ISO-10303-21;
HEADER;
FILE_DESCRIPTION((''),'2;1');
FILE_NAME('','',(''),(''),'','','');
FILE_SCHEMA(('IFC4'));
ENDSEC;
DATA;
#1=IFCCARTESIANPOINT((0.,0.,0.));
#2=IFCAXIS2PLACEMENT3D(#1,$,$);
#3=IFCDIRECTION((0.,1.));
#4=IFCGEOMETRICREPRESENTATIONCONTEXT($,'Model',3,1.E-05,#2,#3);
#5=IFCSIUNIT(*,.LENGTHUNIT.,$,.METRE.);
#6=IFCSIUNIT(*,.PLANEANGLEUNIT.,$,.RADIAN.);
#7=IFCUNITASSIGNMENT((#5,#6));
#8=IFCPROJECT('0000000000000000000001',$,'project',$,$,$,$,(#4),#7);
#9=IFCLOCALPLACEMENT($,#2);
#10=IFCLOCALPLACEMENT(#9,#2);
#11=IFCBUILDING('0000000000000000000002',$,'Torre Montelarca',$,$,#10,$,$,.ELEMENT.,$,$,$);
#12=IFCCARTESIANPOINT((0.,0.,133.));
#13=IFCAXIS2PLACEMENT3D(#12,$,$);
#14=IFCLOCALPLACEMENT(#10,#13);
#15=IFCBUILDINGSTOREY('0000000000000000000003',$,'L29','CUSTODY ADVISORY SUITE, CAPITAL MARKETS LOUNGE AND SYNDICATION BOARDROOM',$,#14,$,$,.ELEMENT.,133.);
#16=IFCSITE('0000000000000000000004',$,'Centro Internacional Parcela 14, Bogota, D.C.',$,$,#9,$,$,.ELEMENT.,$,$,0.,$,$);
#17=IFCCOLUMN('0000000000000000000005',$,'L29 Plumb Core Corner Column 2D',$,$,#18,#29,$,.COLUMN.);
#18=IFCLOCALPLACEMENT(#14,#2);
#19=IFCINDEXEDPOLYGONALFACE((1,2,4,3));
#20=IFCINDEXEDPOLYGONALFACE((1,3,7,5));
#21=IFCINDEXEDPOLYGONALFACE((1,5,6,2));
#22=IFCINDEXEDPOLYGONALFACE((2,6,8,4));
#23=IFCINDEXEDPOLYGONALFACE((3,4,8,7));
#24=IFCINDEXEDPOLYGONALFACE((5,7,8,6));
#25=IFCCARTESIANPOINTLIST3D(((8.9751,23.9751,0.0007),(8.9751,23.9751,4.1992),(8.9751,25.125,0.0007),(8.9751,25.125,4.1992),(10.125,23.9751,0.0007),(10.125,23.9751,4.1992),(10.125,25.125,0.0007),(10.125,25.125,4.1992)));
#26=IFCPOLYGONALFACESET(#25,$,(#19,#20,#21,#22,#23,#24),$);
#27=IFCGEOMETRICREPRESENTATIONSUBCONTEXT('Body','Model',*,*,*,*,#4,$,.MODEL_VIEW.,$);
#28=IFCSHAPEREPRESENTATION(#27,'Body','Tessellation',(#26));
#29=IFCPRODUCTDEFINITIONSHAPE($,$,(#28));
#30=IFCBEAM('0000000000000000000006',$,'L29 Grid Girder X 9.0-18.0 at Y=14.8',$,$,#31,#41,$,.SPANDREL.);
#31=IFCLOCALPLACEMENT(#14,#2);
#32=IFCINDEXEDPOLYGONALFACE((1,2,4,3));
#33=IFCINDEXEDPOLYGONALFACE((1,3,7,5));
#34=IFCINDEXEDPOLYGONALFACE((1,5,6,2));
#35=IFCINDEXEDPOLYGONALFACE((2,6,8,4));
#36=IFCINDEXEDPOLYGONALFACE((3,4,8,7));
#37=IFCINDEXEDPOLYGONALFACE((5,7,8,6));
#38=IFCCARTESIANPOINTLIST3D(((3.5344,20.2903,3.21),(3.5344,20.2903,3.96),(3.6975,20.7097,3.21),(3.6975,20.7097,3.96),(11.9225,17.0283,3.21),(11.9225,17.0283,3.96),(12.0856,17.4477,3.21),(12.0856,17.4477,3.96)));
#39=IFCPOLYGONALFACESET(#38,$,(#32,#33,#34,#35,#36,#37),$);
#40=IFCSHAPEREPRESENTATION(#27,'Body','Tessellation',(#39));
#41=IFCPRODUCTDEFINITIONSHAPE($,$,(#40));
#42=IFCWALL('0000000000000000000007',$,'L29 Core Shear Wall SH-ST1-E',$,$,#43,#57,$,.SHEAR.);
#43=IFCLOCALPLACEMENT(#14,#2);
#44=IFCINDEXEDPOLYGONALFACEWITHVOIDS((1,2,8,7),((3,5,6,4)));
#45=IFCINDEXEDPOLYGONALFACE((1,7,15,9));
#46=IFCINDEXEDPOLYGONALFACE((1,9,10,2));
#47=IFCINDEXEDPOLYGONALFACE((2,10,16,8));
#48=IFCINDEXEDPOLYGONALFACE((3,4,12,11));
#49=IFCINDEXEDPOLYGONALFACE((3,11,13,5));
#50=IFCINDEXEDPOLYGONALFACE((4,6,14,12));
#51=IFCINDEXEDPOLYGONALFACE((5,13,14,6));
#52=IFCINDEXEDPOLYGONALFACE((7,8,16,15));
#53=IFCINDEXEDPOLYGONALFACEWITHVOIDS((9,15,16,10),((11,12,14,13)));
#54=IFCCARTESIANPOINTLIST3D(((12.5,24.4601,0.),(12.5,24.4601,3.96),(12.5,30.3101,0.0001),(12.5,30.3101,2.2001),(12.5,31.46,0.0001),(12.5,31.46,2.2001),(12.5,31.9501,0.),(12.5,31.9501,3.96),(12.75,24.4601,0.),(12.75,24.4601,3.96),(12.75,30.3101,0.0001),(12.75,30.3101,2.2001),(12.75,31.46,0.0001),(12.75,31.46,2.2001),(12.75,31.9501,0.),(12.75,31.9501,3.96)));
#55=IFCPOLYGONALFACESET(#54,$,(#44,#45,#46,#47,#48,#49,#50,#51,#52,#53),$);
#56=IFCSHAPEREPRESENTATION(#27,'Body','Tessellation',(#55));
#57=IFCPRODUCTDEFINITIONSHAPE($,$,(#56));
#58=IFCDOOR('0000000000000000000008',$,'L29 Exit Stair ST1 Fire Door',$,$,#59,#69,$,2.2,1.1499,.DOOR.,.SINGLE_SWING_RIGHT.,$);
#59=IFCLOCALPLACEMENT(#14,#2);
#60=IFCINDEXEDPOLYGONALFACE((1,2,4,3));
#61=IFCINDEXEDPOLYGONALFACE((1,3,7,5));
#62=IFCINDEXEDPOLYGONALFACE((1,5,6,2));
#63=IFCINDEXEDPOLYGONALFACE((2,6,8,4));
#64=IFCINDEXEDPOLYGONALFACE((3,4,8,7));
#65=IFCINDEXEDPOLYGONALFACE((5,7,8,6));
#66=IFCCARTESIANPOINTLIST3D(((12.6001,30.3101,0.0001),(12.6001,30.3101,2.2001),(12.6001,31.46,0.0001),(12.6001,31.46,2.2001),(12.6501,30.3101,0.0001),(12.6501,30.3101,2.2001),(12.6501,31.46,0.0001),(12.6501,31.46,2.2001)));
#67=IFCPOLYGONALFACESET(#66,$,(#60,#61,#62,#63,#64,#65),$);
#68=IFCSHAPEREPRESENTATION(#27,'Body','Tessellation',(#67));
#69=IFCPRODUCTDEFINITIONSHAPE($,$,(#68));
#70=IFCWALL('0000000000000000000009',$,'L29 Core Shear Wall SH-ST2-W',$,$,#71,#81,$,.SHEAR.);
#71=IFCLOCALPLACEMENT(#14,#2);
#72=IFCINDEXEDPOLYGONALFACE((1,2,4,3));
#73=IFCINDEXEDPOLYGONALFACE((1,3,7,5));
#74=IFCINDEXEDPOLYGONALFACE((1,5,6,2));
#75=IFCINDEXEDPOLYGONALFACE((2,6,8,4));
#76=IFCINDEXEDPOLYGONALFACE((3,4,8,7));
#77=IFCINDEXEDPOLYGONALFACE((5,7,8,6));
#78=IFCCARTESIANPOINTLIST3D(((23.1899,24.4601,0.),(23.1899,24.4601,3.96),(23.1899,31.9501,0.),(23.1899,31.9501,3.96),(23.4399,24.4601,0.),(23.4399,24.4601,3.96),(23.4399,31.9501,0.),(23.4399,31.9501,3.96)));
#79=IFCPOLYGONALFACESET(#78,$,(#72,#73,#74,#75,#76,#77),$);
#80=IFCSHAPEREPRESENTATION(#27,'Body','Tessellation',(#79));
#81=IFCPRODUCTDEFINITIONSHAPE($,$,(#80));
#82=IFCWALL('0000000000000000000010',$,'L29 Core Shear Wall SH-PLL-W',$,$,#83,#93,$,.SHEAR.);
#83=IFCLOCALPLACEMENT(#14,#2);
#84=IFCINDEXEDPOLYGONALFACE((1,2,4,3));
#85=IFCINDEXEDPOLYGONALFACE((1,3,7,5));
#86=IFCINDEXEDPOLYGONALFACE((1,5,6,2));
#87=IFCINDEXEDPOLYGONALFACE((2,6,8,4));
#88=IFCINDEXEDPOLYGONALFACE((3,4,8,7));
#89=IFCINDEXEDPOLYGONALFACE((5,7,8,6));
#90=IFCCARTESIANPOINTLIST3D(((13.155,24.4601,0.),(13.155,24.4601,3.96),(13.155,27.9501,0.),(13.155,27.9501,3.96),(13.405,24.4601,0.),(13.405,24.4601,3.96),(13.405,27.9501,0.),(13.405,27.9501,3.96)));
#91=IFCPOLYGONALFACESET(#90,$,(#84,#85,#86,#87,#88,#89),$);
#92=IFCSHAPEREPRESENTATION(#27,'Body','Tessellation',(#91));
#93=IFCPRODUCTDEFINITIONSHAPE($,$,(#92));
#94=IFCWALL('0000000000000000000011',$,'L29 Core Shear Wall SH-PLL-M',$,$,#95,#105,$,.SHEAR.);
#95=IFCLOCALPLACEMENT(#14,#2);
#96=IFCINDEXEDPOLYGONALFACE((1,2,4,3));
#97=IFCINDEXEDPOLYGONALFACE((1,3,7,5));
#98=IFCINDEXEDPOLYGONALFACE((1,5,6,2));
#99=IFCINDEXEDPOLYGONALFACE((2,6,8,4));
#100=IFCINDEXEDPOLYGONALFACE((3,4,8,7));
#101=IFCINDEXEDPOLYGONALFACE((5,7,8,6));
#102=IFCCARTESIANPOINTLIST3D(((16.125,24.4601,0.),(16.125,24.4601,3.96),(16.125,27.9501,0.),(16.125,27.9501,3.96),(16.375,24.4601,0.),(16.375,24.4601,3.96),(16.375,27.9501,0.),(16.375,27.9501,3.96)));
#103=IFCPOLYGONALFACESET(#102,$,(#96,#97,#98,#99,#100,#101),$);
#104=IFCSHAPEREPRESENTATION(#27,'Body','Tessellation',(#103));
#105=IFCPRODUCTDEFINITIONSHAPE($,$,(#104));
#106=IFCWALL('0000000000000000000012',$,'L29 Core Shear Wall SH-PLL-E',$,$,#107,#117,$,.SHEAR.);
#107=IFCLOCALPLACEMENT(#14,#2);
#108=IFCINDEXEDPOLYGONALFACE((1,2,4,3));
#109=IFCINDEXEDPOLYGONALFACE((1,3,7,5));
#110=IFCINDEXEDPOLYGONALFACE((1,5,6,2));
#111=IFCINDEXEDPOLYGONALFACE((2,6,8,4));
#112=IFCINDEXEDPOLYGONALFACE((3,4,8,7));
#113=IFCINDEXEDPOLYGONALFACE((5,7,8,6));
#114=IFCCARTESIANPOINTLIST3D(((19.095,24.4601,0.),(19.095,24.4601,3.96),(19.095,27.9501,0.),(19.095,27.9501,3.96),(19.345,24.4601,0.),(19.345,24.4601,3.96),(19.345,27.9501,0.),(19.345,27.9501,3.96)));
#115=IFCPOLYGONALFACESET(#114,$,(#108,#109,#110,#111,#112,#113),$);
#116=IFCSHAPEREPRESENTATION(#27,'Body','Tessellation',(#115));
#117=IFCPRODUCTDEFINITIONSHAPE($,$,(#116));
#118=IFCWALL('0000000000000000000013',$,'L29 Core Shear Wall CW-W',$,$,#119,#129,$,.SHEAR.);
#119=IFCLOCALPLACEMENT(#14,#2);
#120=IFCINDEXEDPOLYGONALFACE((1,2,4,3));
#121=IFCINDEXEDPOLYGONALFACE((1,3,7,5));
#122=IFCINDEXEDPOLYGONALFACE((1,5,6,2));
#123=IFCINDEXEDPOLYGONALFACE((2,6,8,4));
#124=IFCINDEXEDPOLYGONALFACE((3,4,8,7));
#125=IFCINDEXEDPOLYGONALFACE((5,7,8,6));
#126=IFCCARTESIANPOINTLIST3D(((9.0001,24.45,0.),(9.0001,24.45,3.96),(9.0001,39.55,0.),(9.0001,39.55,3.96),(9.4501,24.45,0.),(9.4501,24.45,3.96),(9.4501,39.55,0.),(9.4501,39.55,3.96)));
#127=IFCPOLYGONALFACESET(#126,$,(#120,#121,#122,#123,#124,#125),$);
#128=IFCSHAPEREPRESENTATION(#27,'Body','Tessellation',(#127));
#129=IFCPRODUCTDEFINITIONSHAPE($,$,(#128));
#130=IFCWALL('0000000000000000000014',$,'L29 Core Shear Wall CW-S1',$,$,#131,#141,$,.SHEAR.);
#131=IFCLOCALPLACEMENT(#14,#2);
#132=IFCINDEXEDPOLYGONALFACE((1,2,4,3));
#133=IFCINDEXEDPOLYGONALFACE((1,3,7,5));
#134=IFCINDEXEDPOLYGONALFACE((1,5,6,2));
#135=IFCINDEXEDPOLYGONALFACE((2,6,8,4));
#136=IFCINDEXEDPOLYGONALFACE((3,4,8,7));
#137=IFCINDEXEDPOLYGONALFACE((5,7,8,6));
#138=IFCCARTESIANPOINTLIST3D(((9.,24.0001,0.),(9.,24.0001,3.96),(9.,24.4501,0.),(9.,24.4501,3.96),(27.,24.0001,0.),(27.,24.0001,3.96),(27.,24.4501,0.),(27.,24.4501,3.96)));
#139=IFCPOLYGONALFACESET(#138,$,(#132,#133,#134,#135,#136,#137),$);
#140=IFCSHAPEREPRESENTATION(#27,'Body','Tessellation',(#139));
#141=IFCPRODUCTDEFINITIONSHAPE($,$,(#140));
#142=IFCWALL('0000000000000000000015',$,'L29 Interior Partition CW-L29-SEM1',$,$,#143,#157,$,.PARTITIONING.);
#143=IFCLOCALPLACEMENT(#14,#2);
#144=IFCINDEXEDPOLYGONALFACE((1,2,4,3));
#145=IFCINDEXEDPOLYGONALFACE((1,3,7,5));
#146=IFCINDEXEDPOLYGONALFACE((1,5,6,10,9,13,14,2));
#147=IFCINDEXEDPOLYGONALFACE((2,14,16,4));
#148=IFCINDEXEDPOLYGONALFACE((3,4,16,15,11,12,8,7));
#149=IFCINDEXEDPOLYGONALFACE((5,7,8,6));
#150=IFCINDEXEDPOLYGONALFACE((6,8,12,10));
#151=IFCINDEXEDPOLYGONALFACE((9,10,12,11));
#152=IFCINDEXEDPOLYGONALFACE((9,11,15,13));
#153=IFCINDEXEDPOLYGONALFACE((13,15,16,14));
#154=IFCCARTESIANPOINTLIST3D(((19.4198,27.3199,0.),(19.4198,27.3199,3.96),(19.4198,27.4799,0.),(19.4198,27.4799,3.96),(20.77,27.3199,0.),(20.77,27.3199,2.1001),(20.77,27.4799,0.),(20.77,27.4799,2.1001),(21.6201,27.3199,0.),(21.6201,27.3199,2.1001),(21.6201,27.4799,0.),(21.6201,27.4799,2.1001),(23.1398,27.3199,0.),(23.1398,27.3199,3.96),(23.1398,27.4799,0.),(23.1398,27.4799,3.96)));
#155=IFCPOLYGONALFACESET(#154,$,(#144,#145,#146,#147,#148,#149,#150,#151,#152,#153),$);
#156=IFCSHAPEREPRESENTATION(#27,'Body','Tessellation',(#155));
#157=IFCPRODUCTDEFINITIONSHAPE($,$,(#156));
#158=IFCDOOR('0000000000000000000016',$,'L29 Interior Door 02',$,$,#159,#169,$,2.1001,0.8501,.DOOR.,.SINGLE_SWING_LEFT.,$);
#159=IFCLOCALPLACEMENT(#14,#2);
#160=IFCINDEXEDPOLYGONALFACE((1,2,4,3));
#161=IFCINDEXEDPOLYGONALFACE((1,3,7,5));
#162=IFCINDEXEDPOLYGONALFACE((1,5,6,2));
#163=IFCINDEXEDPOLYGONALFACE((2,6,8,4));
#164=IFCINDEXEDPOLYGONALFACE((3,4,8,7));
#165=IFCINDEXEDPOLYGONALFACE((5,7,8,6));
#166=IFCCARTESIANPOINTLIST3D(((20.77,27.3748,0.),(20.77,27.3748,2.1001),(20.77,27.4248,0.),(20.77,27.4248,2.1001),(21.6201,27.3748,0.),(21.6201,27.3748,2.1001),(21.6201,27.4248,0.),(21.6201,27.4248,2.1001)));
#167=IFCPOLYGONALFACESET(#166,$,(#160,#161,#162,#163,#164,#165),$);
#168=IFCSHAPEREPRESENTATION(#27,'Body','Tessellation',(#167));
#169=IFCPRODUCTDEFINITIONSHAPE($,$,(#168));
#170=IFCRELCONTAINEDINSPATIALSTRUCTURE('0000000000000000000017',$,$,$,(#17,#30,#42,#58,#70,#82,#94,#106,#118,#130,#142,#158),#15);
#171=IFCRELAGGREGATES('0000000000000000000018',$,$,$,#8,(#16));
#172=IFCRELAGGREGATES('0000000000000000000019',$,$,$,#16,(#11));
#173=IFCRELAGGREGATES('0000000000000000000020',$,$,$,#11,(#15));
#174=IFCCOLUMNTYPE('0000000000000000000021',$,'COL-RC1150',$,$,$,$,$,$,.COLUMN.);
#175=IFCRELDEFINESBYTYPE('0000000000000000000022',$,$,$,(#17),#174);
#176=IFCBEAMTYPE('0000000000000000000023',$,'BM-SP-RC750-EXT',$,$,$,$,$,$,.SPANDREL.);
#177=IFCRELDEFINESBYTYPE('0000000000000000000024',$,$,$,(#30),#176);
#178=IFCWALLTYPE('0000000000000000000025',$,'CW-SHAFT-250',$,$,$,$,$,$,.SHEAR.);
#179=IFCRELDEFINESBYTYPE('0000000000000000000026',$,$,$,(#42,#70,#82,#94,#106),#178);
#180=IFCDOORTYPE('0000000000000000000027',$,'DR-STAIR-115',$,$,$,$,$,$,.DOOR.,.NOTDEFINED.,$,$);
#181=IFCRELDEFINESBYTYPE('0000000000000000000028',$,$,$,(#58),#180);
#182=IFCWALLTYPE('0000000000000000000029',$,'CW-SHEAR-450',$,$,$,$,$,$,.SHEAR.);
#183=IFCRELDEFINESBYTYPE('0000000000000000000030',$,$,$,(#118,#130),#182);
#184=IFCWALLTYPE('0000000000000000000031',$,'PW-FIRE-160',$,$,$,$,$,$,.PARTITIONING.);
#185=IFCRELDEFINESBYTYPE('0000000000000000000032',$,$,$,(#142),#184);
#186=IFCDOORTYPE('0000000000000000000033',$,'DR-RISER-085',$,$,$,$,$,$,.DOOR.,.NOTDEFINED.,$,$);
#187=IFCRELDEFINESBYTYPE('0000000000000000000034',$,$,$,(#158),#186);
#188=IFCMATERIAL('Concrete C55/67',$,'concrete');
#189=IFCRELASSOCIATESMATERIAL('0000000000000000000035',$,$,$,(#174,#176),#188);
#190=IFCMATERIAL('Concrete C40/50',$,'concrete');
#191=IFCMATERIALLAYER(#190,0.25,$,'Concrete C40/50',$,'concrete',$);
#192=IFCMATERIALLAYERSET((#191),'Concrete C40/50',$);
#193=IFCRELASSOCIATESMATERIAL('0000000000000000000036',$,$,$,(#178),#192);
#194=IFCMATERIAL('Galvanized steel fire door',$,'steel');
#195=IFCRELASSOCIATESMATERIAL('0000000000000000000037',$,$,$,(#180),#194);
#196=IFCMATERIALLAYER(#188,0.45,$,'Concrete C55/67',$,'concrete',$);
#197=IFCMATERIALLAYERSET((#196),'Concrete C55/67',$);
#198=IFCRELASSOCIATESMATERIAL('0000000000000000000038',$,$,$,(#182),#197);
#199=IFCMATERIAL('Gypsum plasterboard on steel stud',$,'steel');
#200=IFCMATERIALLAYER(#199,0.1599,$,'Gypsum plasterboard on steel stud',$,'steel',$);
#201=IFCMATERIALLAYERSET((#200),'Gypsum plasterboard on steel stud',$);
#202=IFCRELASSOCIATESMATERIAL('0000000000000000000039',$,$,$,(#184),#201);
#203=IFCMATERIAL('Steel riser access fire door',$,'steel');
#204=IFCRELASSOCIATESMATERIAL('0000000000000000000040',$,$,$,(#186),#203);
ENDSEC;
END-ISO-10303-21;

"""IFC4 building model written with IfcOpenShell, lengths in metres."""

from ifc_helpers import new_model, si_unit, direction, frame, frame_2d, origin, origin_2d, place, context, subcontext, project, spatial, rectangle, extrude, source, transform, mapped, material, layer, layer_set, material_profile, profile_set, type_object, element, fill, save


model = new_model("IFC4")

# Units and contexts
model_context = context("Model", 3, precision=1e-05, world=origin(), true_north=direction((0.0, 1.0)))
body_context = subcontext(model_context, "Body", "Model", "MODEL_VIEW")
ifc_project = project(units=[si_unit("LENGTHUNIT", "METRE"), si_unit("PLANEANGLEUNIT", "RADIAN")], contexts=[model_context])

# Site, building, storey
site_placement = place(None, origin())
site = spatial("IfcSite", under=ifc_project, at=site_placement, Name="Centro Internacional Parcela 14, Bogota, D.C.", CompositionType="ELEMENT", RefElevation=0.0)
building_placement = place(site_placement, origin())
building = spatial("IfcBuilding", under=site, at=building_placement, Name="Torre Montelarca", CompositionType="ELEMENT")
storey_placement = place(building_placement, frame((0.0, 0.0, 133.0)))
storey = spatial("IfcBuildingStorey", under=building, at=storey_placement, Name="L29", Description="CUSTODY ADVISORY SUITE, CAPITAL MARKETS LOUNGE AND SYNDICATION BOARDROOM", CompositionType="ELEMENT", Elevation=133.0)

# Column
ifc_material_1 = material(Name="Concrete C55/67", Category="concrete")
ifc_material_profile_1 = material_profile(ifc_material_1, rectangle(XDim=1.1499, YDim=1.1499, at=origin_2d()), Name="RC1150X1150", Category="concrete")
ifc_profile_set_1 = profile_set([ifc_material_profile_1], Name="Concrete C55/67")
column_type_1 = type_object("IfcColumnType", Name="COL-RC1150", PredefinedType="COLUMN", material=ifc_profile_set_1)
shared_shape_1 = source(origin(), body_context, "Body", "SweptSolid", [
    extrude(rectangle(XDim=1.1499, YDim=1.1499, at=origin_2d()), origin(), (0.0, 0.0, 1.0), 4.1985),
])
column_1_placement = place(storey_placement, frame((9.55, 24.55, 0.0007), z_axis=(0.0, 0.0, 1.0), x_axis=(1.0, 0.0, 0.0)))
element("IfcColumn", 1, at=column_1_placement, inside=storey, type_object=column_type_1, Name="L29 Plumb Core Corner Column 2D", PredefinedType="COLUMN", context=body_context, shape_type="MappedRepresentation", body=[
    mapped(shared_shape_1, transform((0.0, 0.0, 0.0), scale=1.0)),
])

# Beam
ifc_material_profile_2 = material_profile(ifc_material_1, rectangle(XDim=0.45, YDim=0.75, at=origin_2d()), Name="RCB450X750", Category="concrete")
ifc_profile_set_2 = profile_set([ifc_material_profile_2], Name="Concrete C55/67")
beam_type = type_object("IfcBeamType", Name="BM-SP-RC750-EXT", PredefinedType="SPANDREL", material=ifc_profile_set_2)
shared_shape_2 = source(origin(), body_context, "Body", "SweptSolid", [
    extrude(rectangle(XDim=0.45, YDim=0.75, at=origin_2d()), origin(), (0.0, 0.0, 1.0), 9.0),
])
beam_placement = place(storey_placement, frame((3.616, 20.5, 3.585), z_axis=(0.932005, -0.362445, 0.0), x_axis=(0.362445, 0.932005, 0.0)))
element("IfcBeam", 2, at=beam_placement, inside=storey, type_object=beam_type, Name="L29 Grid Girder X 9.0-18.0 at Y=14.8", PredefinedType="SPANDREL", context=body_context, shape_type="MappedRepresentation", body=[
    mapped(shared_shape_2, transform((0.0, 0.0, 0.0), scale=1.0)),
])

# Wall, opening, door
ifc_material_2 = material(Name="Concrete C40/50", Category="concrete")
ifc_layer_1 = layer(ifc_material_2, 0.25, Name="Concrete C40/50", Category="concrete")
ifc_layer_set_1 = layer_set([ifc_layer_1], Name="Concrete C40/50")
wall_type_1 = type_object("IfcWallType", Name="CW-SHAFT-250", PredefinedType="SHEAR", material=ifc_layer_set_1)
wall_1_placement = place(storey_placement, frame((12.625, 24.46, 0.0), z_axis=(0.0, 0.0, 1.0), x_axis=(0.0, 1.0, 0.0)))
wall_1 = element("IfcWall", 3, at=wall_1_placement, inside=storey, type_object=wall_type_1, Name="L29 Core Shear Wall SH-ST1-E", PredefinedType="SHEAR", context=body_context, shape_type="SweptSolid", body=[
    extrude(rectangle(XDim=7.49, YDim=0.25, at=frame_2d((3.7451, 0.0))), origin(), (0.0, 0.0, 1.0), 3.96),
])
opening_1_placement = place(wall_1_placement, frame((5.8501, 0.0, 0.0)))
opening_1 = element("IfcOpeningElement", 4, at=opening_1_placement, cuts=wall_1, PredefinedType="OPENING", context=body_context, shape_type="SweptSolid", body=[
    extrude(rectangle(XDim=1.1499, YDim=2.2, at=frame_2d((0.575, 1.1001))), frame((0.0, 0.135, 0.0), z_axis=(0.0, -1.0, 0.0), x_axis=(1.0, 0.0, 0.0)), (0.0, 0.0, 1.0), 0.27),
])
ifc_material_3 = material(Name="Galvanized steel fire door", Category="steel")
door_type_1 = type_object("IfcDoorType", Name="DR-STAIR-115", OperationType="NOTDEFINED", PredefinedType="DOOR", material=ifc_material_3)
shared_shape_3 = source(origin(), body_context, "Body", "SweptSolid", [
    extrude(rectangle(XDim=1.1499, YDim=2.2, at=frame_2d((0.575, 1.1001))), frame((0.0, 0.0249, 0.0), z_axis=(0.0, -1.0, 0.0), x_axis=(1.0, 0.0, 0.0)), (0.0, 0.0, 1.0), 0.05),
])
door_1_placement = place(opening_1_placement, origin())
door_1 = element("IfcDoor", 5, at=door_1_placement, inside=storey, type_object=door_type_1, Name="L29 Exit Stair ST1 Fire Door", OperationType="SINGLE_SWING_RIGHT", OverallHeight=2.2, OverallWidth=1.1499, PredefinedType="DOOR", context=body_context, shape_type="MappedRepresentation", body=[
    mapped(shared_shape_3, transform((0.0, 0.0, 0.0), scale=1.0)),
])
fill(opening_1, door_1)

# Walls
wall_2_placement = place(storey_placement, frame((23.3149, 24.46, 0.0), z_axis=(0.0, 0.0, 1.0), x_axis=(0.0, 1.0, 0.0)))
element("IfcWall", 6, at=wall_2_placement, inside=storey, type_object=wall_type_1, Name="L29 Core Shear Wall SH-ST2-W", PredefinedType="SHEAR", context=body_context, shape_type="SweptSolid", body=[
    extrude(rectangle(XDim=7.49, YDim=0.25, at=frame_2d((3.7451, 0.0))), origin(), (0.0, 0.0, 1.0), 3.96),
])
for number, where, z_axis, x_axis, name in (
    (7, (13.28, 24.46, 0.0), (0.0, 0.0, 1.0), (0.0, 1.0, 0.0), "L29 Core Shear Wall SH-PLL-W"),
    (8, (16.25, 24.46, 0.0), (0.0, 0.0, 1.0), (0.0, 1.0, 0.0), "L29 Core Shear Wall SH-PLL-M"),
    (9, (19.22, 24.46, 0.0), (0.0, 0.0, 1.0), (0.0, 1.0, 0.0), "L29 Core Shear Wall SH-PLL-E"),
):
    element("IfcWall", number, at=place(storey_placement, frame(where, z_axis=z_axis, x_axis=x_axis)), inside=storey, type_object=wall_type_1, Name=name, PredefinedType="SHEAR", context=body_context, shape_type="SweptSolid", body=[
        extrude(rectangle(XDim=3.49, YDim=0.25, at=frame_2d((1.7451, 0.0))), origin(), (0.0, 0.0, 1.0), 3.96),
    ])
ifc_layer_2 = layer(ifc_material_1, 0.45, Name="Concrete C55/67", Category="concrete")
ifc_layer_set_2 = layer_set([ifc_layer_2], Name="Concrete C55/67")
wall_type_2 = type_object("IfcWallType", Name="CW-SHEAR-450", PredefinedType="SHEAR", material=ifc_layer_set_2)
wall_3_placement = place(storey_placement, frame((9.2251, 24.45, 0.0), z_axis=(0.0, 0.0, 1.0), x_axis=(0.0, 1.0, 0.0)))
element("IfcWall", 10, at=wall_3_placement, inside=storey, type_object=wall_type_2, Name="L29 Core Shear Wall CW-W", PredefinedType="SHEAR", context=body_context, shape_type="SweptSolid", body=[
    extrude(rectangle(XDim=15.1001, YDim=0.45, at=frame_2d((7.55, 0.0))), origin(), (0.0, 0.0, 1.0), 3.96),
])
wall_4_placement = place(storey_placement, frame((9.0, 24.2251, 0.0), z_axis=(0.0, 0.0, 1.0), x_axis=(1.0, 0.0, 0.0)))
element("IfcWall", 11, at=wall_4_placement, inside=storey, type_object=wall_type_2, Name="L29 Core Shear Wall CW-S1", PredefinedType="SHEAR", context=body_context, shape_type="SweptSolid", body=[
    extrude(rectangle(XDim=18.0, YDim=0.45, at=frame_2d((9.0, 0.0))), origin(), (0.0, 0.0, 1.0), 3.96),
])

# Wall, opening, door
ifc_material_4 = material(Name="Gypsum plasterboard on steel stud", Category="steel")
ifc_layer_3 = layer(ifc_material_4, 0.1599, Name="Gypsum plasterboard on steel stud", Category="steel")
ifc_layer_set_3 = layer_set([ifc_layer_3], Name="Gypsum plasterboard on steel stud")
wall_type_3 = type_object("IfcWallType", Name="PW-FIRE-160", PredefinedType="PARTITIONING", material=ifc_layer_set_3)
wall_5_placement = place(storey_placement, frame((19.4199, 27.3999, 0.0), z_axis=(0.0, 0.0, 1.0), x_axis=(1.0, 0.0, 0.0)))
wall_5 = element("IfcWall", 12, at=wall_5_placement, inside=storey, type_object=wall_type_3, Name="L29 Interior Partition CW-L29-SEM1", PredefinedType="PARTITIONING", context=body_context, shape_type="SweptSolid", body=[
    extrude(rectangle(XDim=3.72, YDim=0.1599, at=frame_2d((1.8599, 0.0))), origin(), (0.0, 0.0, 1.0), 3.96),
])
opening_2_placement = place(wall_5_placement, frame((1.3501, 0.0, 0.0)))
opening_2 = element("IfcOpeningElement", 13, at=opening_2_placement, cuts=wall_5, PredefinedType="OPENING", context=body_context, shape_type="SweptSolid", body=[
    extrude(rectangle(XDim=0.8501, YDim=2.1001, at=frame_2d((0.425, 1.05))), frame((0.0, 0.0898, 0.0), z_axis=(0.0, -1.0, 0.0), x_axis=(1.0, 0.0, 0.0)), (0.0, 0.0, 1.0), 0.1799),
])
ifc_material_5 = material(Name="Steel riser access fire door", Category="steel")
door_type_2 = type_object("IfcDoorType", Name="DR-RISER-085", OperationType="NOTDEFINED", PredefinedType="DOOR", material=ifc_material_5)
shared_shape_4 = source(origin(), body_context, "Body", "SweptSolid", [
    extrude(rectangle(XDim=0.8501, YDim=2.1001, at=frame_2d((0.425, 1.05))), frame((0.0, 0.0249, 0.0), z_axis=(0.0, -1.0, 0.0), x_axis=(1.0, 0.0, 0.0)), (0.0, 0.0, 1.0), 0.05),
])
door_2_placement = place(opening_2_placement, origin())
door_2 = element("IfcDoor", 14, at=door_2_placement, inside=storey, type_object=door_type_2, Name="L29 Interior Door 02", OperationType="SINGLE_SWING_LEFT", OverallHeight=2.1001, OverallWidth=0.8501, PredefinedType="DOOR", context=body_context, shape_type="MappedRepresentation", body=[
    mapped(shared_shape_4, transform((0.0, 0.0, 0.0), scale=1.0)),
])
fill(opening_2, door_2)

save(model, "model.ifc")
